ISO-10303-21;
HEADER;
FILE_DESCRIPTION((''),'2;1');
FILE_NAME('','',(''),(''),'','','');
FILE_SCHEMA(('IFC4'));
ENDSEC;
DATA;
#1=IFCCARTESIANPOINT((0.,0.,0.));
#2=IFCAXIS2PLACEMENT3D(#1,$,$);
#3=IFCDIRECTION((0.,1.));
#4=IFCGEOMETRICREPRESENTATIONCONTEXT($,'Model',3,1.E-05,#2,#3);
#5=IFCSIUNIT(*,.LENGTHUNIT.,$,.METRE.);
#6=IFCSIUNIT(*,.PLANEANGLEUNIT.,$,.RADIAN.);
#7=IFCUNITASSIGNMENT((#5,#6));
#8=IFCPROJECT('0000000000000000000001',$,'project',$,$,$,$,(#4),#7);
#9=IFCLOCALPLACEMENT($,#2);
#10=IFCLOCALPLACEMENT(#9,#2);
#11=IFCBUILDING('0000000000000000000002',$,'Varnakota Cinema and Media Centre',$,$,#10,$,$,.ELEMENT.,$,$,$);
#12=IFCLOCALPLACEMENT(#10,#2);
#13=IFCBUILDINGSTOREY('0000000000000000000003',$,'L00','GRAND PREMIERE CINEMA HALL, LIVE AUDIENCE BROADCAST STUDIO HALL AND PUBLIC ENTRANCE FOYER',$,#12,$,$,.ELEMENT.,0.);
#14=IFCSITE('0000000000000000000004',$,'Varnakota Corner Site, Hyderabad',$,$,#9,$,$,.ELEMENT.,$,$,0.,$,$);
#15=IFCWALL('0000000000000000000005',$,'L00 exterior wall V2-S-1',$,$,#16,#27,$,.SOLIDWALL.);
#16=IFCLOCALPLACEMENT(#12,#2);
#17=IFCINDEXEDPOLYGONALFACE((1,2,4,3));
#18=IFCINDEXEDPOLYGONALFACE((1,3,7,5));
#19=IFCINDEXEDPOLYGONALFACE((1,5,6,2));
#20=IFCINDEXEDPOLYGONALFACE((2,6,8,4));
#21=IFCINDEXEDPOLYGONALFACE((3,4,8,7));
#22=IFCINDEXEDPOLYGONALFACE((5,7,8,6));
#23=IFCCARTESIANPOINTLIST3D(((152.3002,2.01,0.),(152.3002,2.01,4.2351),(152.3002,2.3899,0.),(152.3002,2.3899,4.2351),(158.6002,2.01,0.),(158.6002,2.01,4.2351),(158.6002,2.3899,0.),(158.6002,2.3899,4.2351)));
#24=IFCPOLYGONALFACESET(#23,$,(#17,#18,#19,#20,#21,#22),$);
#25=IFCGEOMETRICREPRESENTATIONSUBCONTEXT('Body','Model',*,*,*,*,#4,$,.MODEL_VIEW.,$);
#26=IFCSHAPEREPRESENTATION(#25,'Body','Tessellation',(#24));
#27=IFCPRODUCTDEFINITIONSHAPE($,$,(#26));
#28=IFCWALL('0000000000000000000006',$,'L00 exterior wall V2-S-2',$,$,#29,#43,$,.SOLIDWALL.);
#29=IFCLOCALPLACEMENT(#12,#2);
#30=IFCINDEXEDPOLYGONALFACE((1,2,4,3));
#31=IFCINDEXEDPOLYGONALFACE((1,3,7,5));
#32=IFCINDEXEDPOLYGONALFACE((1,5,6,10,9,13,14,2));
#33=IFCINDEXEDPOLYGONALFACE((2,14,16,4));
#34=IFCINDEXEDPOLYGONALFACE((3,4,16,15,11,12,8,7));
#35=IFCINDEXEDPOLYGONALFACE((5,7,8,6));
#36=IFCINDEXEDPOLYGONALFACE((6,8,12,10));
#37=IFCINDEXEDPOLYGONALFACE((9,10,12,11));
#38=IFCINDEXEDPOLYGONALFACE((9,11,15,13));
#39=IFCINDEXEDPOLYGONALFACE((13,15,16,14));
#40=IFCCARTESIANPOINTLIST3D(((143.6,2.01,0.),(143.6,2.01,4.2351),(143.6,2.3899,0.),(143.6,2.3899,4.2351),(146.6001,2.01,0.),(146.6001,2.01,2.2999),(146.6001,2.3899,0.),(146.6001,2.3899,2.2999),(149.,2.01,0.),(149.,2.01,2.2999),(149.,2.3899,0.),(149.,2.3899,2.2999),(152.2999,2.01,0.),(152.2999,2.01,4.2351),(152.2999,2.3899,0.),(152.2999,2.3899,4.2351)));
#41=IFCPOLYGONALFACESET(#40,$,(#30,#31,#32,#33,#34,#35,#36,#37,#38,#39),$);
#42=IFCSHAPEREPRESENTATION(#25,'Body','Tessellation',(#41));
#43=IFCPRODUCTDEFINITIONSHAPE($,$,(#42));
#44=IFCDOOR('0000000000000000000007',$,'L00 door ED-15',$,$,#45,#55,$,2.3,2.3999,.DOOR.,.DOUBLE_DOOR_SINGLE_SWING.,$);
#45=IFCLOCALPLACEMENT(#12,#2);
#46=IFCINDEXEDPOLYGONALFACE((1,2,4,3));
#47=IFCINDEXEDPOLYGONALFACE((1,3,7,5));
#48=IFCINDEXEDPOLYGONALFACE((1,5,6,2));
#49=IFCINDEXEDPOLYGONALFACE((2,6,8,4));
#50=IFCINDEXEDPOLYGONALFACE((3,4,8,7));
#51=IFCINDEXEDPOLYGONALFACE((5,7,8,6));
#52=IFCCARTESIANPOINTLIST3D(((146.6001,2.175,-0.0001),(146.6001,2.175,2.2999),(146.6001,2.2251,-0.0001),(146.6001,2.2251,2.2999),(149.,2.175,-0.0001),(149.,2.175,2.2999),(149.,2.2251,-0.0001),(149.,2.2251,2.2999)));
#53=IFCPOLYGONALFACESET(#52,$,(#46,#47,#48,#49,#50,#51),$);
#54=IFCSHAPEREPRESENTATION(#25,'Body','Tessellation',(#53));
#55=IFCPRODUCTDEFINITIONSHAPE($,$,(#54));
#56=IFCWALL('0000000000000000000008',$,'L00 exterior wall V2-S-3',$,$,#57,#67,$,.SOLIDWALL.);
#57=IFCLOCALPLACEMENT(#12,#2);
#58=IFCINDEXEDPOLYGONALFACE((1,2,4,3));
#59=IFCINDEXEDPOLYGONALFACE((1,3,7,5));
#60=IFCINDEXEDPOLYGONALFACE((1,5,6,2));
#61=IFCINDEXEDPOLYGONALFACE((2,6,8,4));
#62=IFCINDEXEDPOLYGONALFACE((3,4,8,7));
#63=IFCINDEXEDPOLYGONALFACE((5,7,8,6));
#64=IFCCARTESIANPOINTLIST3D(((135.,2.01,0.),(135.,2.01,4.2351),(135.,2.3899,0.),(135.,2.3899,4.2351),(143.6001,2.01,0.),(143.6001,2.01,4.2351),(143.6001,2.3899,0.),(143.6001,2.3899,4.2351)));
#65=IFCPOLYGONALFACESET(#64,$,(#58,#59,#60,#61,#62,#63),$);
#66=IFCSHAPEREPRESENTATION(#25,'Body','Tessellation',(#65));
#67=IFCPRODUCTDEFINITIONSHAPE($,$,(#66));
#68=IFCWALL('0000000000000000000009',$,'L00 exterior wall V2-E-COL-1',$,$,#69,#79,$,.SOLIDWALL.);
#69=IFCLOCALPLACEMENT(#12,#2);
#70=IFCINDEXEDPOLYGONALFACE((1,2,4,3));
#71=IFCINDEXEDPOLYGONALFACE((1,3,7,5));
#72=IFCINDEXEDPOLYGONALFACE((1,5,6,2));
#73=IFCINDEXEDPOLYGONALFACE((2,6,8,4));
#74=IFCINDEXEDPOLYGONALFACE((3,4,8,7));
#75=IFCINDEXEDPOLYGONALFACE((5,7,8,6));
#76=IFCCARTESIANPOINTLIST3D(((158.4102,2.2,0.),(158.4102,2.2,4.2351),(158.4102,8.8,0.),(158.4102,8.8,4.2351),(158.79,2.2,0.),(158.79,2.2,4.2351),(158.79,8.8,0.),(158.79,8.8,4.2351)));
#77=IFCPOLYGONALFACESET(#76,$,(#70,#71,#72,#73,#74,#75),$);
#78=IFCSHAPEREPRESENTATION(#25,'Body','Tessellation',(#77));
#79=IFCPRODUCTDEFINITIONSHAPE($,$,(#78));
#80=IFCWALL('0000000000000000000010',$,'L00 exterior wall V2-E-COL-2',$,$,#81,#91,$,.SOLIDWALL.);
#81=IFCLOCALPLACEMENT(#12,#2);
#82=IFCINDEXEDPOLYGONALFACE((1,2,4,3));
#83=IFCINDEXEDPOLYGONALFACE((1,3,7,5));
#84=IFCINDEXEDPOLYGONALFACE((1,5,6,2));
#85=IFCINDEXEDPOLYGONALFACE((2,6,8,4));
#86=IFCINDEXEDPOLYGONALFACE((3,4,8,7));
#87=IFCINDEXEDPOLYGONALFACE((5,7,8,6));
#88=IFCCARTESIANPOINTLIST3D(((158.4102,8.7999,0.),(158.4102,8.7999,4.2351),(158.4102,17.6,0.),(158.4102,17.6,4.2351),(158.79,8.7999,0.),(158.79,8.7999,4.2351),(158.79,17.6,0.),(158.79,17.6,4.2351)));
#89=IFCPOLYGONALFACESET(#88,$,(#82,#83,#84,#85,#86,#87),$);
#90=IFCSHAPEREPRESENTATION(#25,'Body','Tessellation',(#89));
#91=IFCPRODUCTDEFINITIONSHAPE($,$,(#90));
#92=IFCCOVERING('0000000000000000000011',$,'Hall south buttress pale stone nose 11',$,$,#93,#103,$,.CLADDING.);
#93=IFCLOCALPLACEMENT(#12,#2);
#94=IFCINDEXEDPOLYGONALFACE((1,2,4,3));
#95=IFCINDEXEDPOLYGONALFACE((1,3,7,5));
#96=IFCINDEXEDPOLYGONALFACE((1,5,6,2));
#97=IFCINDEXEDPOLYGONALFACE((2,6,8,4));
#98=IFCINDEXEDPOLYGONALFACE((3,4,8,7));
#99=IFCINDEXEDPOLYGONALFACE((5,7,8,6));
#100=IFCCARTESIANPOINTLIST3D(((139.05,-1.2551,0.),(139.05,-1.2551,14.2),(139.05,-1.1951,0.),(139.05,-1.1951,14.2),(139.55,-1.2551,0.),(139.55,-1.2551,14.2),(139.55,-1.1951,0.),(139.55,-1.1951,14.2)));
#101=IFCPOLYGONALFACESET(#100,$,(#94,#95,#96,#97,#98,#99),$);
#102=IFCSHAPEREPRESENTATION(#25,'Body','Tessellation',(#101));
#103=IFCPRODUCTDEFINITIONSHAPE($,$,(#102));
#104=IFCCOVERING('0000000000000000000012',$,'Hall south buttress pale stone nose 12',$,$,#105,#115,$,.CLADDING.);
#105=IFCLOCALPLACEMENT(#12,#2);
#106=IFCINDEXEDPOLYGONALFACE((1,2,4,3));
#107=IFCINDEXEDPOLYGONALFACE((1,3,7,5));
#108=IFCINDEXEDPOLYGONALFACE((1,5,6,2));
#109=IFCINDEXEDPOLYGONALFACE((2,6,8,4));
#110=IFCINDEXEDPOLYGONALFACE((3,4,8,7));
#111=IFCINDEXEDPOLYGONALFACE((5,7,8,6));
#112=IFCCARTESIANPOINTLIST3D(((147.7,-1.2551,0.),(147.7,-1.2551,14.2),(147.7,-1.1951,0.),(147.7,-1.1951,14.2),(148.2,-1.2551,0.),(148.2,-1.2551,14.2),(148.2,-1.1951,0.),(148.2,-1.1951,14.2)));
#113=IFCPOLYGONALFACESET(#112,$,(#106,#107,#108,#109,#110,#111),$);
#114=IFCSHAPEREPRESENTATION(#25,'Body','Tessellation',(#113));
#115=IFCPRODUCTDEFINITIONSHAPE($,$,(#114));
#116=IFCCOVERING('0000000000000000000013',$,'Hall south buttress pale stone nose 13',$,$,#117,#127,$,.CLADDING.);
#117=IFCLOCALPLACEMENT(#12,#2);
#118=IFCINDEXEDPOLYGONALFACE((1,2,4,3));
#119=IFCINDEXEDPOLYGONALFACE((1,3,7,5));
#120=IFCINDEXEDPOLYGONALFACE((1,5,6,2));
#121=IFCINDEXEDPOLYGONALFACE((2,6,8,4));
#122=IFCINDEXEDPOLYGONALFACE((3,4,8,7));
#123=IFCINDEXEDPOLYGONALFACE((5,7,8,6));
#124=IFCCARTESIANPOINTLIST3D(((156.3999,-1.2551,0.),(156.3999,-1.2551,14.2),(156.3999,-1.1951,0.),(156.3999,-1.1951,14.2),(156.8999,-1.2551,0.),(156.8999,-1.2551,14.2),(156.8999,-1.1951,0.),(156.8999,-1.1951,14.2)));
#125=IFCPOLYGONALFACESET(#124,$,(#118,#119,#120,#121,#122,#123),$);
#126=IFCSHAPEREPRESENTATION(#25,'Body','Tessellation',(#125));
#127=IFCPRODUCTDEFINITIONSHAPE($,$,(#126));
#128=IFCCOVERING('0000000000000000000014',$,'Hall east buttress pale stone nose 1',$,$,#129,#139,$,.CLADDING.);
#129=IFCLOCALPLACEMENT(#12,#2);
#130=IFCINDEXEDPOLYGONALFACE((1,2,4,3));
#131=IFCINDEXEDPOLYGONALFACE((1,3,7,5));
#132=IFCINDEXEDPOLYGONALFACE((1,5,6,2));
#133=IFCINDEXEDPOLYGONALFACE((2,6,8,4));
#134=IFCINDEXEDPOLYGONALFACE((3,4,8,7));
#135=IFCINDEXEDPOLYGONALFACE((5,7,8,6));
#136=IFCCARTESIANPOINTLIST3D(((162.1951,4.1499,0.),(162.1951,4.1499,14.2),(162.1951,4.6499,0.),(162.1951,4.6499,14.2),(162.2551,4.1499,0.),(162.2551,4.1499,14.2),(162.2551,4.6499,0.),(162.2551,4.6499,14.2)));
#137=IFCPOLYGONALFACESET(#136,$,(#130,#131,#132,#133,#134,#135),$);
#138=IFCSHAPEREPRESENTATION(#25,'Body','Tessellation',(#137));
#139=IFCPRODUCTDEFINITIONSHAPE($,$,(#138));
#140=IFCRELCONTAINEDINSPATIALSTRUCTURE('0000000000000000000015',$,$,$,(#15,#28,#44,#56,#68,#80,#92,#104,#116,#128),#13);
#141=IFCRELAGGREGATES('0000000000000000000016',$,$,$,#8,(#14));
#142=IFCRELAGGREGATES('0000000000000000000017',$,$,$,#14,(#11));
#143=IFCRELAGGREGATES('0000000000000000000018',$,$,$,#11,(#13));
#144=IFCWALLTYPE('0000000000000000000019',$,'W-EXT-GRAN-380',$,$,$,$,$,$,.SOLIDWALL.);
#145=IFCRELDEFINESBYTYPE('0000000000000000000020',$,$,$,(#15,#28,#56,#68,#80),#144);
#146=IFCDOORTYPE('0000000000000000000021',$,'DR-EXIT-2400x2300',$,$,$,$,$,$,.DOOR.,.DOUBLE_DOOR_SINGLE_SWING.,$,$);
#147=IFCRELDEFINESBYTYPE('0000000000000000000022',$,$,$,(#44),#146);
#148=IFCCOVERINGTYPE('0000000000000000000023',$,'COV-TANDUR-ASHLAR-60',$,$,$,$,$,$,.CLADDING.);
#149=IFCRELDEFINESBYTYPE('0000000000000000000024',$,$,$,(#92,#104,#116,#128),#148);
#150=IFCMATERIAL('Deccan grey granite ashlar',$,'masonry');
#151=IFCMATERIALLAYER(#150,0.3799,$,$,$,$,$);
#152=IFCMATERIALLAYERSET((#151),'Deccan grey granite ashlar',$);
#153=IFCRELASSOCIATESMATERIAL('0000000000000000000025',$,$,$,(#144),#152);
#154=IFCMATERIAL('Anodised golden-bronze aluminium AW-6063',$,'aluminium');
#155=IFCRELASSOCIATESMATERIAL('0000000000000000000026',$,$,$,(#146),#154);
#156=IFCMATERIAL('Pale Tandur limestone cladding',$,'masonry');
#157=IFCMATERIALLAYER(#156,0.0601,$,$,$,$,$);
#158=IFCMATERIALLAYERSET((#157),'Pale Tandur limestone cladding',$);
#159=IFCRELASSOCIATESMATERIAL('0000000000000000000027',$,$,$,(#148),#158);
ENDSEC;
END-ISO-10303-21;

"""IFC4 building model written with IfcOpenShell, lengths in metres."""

from ifc_helpers import new_model, si_unit, direction, frame, frame_2d, origin, origin_2d, place, context, subcontext, project, spatial, rectangle, extrude, material, layer, layer_set, type_object, element, fill, save


model = new_model("IFC4")

# Units and contexts
model_context = context("Model", 3, precision=1e-05, world=origin(), true_north=direction((0.0, 1.0)))
body_context = subcontext(model_context, "Body", "Model", "MODEL_VIEW")
ifc_project = project(units=[si_unit("LENGTHUNIT", "METRE"), si_unit("PLANEANGLEUNIT", "RADIAN")], contexts=[model_context])

# Site, building, storey
site_placement = place(None, origin())
site = spatial("IfcSite", under=ifc_project, at=site_placement, Name="Varnakota Corner Site, Hyderabad", CompositionType="ELEMENT", RefElevation=0.0)
building_placement = place(site_placement, origin())
building = spatial("IfcBuilding", under=site, at=building_placement, Name="Varnakota Cinema and Media Centre", CompositionType="ELEMENT")
storey_placement = place(building_placement, origin())
storey = spatial("IfcBuildingStorey", under=building, at=storey_placement, Name="L00", Description="GRAND PREMIERE CINEMA HALL, LIVE AUDIENCE BROADCAST STUDIO HALL AND PUBLIC ENTRANCE FOYER", CompositionType="ELEMENT", Elevation=0.0)

# Wall
ifc_material_1 = material(Name="Deccan grey granite ashlar", Category="masonry")
ifc_layer_1 = layer(ifc_material_1, 0.3799)
ifc_layer_set_1 = layer_set([ifc_layer_1], Name="Deccan grey granite ashlar")
wall_type_1 = type_object("IfcWallType", Name="W-EXT-GRAN-380", PredefinedType="SOLIDWALL", material=ifc_layer_set_1)
wall_1_placement = place(storey_placement, frame((158.6001, 2.2, 0.0), z_axis=(0.0, 0.0, 1.0), x_axis=(-1.0, 0.0, 0.0)))
element("IfcWall", 1, at=wall_1_placement, inside=storey, type_object=wall_type_1, Name="L00 exterior wall V2-S-1", PredefinedType="SOLIDWALL", context=body_context, shape_type="SweptSolid", body=[
    extrude(rectangle(XDim=6.3, YDim=0.3799, at=frame_2d((3.1499, 0.0))), origin(), (0.0, 0.0, 1.0), 4.2351),
])

# Wall, opening, door
wall_2_placement = place(storey_placement, frame((152.3, 2.2, 0.0), z_axis=(0.0, 0.0, 1.0), x_axis=(-1.0, 0.0, 0.0)))
wall_2 = element("IfcWall", 2, at=wall_2_placement, inside=storey, type_object=wall_type_1, Name="L00 exterior wall V2-S-2", PredefinedType="SOLIDWALL", context=body_context, shape_type="SweptSolid", body=[
    extrude(rectangle(XDim=8.7, YDim=0.3799, at=frame_2d((4.3501, 0.0))), origin(), (0.0, 0.0, 1.0), 4.2351),
])
opening_placement = place(wall_2_placement, frame((3.3, 0.0, 0.0)))
opening = element("IfcOpeningElement", 3, at=opening_placement, cuts=wall_2, PredefinedType="OPENING", context=body_context, shape_type="SweptSolid", body=[
    extrude(rectangle(XDim=2.3999, YDim=2.3, at=frame_2d((1.2, 1.1499))), frame((0.0, 0.1899, 0.0), z_axis=(0.0, -1.0, 0.0), x_axis=(1.0, 0.0, 0.0)), (0.0, 0.0, 1.0), 0.3799),
])
ifc_material_2 = material(Name="Anodised golden-bronze aluminium AW-6063", Category="aluminium")
door_type = type_object("IfcDoorType", Name="DR-EXIT-2400x2300", OperationType="DOUBLE_DOOR_SINGLE_SWING", PredefinedType="DOOR", material=ifc_material_2)
door_placement = place(opening_placement, origin())
door = element("IfcDoor", 4, at=door_placement, inside=storey, type_object=door_type, Name="L00 door ED-15", OperationType="DOUBLE_DOOR_SINGLE_SWING", OverallHeight=2.3, OverallWidth=2.3999, PredefinedType="DOOR", context=body_context, shape_type="SweptSolid", body=[
    extrude(rectangle(XDim=2.3999, YDim=2.3, at=frame_2d((1.2, 1.1499))), frame((0.0, 0.0249, 0.0), z_axis=(0.0, -1.0, 0.0), x_axis=(1.0, 0.0, 0.0)), (0.0, 0.0, 1.0), 0.05),
])
fill(opening, door)

# Walls
wall_3_placement = place(storey_placement, frame((143.6001, 2.2, 0.0), z_axis=(0.0, 0.0, 1.0), x_axis=(-1.0, 0.0, 0.0)))
element("IfcWall", 5, at=wall_3_placement, inside=storey, type_object=wall_type_1, Name="L00 exterior wall V2-S-3", PredefinedType="SOLIDWALL", context=body_context, shape_type="SweptSolid", body=[
    extrude(rectangle(XDim=8.6001, YDim=0.3799, at=frame_2d((4.3, 0.0))), origin(), (0.0, 0.0, 1.0), 4.2351),
])
wall_4_placement = place(storey_placement, frame((158.6001, 2.2, 0.0), z_axis=(0.0, 0.0, 1.0), x_axis=(0.0, 1.0, 0.0)))
element("IfcWall", 6, at=wall_4_placement, inside=storey, type_object=wall_type_1, Name="L00 exterior wall V2-E-COL-1", PredefinedType="SOLIDWALL", context=body_context, shape_type="SweptSolid", body=[
    extrude(rectangle(XDim=6.6001, YDim=0.3799, at=frame_2d((3.3, 0.0))), origin(), (0.0, 0.0, 1.0), 4.2351),
])
wall_5_placement = place(storey_placement, frame((158.6001, 8.8, 0.0), z_axis=(0.0, 0.0, 1.0), x_axis=(0.0, 1.0, 0.0)))
element("IfcWall", 7, at=wall_5_placement, inside=storey, type_object=wall_type_1, Name="L00 exterior wall V2-E-COL-2", PredefinedType="SOLIDWALL", context=body_context, shape_type="SweptSolid", body=[
    extrude(rectangle(XDim=8.8, YDim=0.3799, at=frame_2d((4.3999, 0.0))), origin(), (0.0, 0.0, 1.0), 4.2351),
])

# Coverings
ifc_material_3 = material(Name="Pale Tandur limestone cladding", Category="masonry")
ifc_layer_2 = layer(ifc_material_3, 0.0601)
ifc_layer_set_2 = layer_set([ifc_layer_2], Name="Pale Tandur limestone cladding")
covering_type = type_object("IfcCoveringType", Name="COV-TANDUR-ASHLAR-60", PredefinedType="CLADDING", material=ifc_layer_set_2)
for number, where, z_axis, x_axis, name in (
    (8, (139.3, -1.2251, 0.0), (0.0, 0.0, 1.0), (1.0, 0.0, 0.0), "Hall south buttress pale stone nose 11"),
    (9, (147.95, -1.2251, 0.0), (0.0, 0.0, 1.0), (1.0, 0.0, 0.0), "Hall south buttress pale stone nose 12"),
    (10, (156.6499, -1.2251, 0.0), (0.0, 0.0, 1.0), (1.0, 0.0, 0.0), "Hall south buttress pale stone nose 13"),
):
    element("IfcCovering", number, at=place(storey_placement, frame(where, z_axis=z_axis, x_axis=x_axis)), inside=storey, type_object=covering_type, Name=name, PredefinedType="CLADDING", context=body_context, shape_type="SweptSolid", body=[
        extrude(rectangle(XDim=0.5, YDim=0.0601, at=origin_2d()), origin(), (0.0, 0.0, 1.0), 14.2),
    ])
covering_placement = place(storey_placement, frame((162.2251, 4.3999, 0.0), z_axis=(0.0, 0.0, 1.0), x_axis=(1.0, 0.0, 0.0)))
element("IfcCovering", 11, at=covering_placement, inside=storey, type_object=covering_type, Name="Hall east buttress pale stone nose 1", PredefinedType="CLADDING", context=body_context, shape_type="SweptSolid", body=[
    extrude(rectangle(XDim=0.0601, YDim=0.5, at=origin_2d()), origin(), (0.0, 0.0, 1.0), 14.2),
])

save(model, "model.ifc")
